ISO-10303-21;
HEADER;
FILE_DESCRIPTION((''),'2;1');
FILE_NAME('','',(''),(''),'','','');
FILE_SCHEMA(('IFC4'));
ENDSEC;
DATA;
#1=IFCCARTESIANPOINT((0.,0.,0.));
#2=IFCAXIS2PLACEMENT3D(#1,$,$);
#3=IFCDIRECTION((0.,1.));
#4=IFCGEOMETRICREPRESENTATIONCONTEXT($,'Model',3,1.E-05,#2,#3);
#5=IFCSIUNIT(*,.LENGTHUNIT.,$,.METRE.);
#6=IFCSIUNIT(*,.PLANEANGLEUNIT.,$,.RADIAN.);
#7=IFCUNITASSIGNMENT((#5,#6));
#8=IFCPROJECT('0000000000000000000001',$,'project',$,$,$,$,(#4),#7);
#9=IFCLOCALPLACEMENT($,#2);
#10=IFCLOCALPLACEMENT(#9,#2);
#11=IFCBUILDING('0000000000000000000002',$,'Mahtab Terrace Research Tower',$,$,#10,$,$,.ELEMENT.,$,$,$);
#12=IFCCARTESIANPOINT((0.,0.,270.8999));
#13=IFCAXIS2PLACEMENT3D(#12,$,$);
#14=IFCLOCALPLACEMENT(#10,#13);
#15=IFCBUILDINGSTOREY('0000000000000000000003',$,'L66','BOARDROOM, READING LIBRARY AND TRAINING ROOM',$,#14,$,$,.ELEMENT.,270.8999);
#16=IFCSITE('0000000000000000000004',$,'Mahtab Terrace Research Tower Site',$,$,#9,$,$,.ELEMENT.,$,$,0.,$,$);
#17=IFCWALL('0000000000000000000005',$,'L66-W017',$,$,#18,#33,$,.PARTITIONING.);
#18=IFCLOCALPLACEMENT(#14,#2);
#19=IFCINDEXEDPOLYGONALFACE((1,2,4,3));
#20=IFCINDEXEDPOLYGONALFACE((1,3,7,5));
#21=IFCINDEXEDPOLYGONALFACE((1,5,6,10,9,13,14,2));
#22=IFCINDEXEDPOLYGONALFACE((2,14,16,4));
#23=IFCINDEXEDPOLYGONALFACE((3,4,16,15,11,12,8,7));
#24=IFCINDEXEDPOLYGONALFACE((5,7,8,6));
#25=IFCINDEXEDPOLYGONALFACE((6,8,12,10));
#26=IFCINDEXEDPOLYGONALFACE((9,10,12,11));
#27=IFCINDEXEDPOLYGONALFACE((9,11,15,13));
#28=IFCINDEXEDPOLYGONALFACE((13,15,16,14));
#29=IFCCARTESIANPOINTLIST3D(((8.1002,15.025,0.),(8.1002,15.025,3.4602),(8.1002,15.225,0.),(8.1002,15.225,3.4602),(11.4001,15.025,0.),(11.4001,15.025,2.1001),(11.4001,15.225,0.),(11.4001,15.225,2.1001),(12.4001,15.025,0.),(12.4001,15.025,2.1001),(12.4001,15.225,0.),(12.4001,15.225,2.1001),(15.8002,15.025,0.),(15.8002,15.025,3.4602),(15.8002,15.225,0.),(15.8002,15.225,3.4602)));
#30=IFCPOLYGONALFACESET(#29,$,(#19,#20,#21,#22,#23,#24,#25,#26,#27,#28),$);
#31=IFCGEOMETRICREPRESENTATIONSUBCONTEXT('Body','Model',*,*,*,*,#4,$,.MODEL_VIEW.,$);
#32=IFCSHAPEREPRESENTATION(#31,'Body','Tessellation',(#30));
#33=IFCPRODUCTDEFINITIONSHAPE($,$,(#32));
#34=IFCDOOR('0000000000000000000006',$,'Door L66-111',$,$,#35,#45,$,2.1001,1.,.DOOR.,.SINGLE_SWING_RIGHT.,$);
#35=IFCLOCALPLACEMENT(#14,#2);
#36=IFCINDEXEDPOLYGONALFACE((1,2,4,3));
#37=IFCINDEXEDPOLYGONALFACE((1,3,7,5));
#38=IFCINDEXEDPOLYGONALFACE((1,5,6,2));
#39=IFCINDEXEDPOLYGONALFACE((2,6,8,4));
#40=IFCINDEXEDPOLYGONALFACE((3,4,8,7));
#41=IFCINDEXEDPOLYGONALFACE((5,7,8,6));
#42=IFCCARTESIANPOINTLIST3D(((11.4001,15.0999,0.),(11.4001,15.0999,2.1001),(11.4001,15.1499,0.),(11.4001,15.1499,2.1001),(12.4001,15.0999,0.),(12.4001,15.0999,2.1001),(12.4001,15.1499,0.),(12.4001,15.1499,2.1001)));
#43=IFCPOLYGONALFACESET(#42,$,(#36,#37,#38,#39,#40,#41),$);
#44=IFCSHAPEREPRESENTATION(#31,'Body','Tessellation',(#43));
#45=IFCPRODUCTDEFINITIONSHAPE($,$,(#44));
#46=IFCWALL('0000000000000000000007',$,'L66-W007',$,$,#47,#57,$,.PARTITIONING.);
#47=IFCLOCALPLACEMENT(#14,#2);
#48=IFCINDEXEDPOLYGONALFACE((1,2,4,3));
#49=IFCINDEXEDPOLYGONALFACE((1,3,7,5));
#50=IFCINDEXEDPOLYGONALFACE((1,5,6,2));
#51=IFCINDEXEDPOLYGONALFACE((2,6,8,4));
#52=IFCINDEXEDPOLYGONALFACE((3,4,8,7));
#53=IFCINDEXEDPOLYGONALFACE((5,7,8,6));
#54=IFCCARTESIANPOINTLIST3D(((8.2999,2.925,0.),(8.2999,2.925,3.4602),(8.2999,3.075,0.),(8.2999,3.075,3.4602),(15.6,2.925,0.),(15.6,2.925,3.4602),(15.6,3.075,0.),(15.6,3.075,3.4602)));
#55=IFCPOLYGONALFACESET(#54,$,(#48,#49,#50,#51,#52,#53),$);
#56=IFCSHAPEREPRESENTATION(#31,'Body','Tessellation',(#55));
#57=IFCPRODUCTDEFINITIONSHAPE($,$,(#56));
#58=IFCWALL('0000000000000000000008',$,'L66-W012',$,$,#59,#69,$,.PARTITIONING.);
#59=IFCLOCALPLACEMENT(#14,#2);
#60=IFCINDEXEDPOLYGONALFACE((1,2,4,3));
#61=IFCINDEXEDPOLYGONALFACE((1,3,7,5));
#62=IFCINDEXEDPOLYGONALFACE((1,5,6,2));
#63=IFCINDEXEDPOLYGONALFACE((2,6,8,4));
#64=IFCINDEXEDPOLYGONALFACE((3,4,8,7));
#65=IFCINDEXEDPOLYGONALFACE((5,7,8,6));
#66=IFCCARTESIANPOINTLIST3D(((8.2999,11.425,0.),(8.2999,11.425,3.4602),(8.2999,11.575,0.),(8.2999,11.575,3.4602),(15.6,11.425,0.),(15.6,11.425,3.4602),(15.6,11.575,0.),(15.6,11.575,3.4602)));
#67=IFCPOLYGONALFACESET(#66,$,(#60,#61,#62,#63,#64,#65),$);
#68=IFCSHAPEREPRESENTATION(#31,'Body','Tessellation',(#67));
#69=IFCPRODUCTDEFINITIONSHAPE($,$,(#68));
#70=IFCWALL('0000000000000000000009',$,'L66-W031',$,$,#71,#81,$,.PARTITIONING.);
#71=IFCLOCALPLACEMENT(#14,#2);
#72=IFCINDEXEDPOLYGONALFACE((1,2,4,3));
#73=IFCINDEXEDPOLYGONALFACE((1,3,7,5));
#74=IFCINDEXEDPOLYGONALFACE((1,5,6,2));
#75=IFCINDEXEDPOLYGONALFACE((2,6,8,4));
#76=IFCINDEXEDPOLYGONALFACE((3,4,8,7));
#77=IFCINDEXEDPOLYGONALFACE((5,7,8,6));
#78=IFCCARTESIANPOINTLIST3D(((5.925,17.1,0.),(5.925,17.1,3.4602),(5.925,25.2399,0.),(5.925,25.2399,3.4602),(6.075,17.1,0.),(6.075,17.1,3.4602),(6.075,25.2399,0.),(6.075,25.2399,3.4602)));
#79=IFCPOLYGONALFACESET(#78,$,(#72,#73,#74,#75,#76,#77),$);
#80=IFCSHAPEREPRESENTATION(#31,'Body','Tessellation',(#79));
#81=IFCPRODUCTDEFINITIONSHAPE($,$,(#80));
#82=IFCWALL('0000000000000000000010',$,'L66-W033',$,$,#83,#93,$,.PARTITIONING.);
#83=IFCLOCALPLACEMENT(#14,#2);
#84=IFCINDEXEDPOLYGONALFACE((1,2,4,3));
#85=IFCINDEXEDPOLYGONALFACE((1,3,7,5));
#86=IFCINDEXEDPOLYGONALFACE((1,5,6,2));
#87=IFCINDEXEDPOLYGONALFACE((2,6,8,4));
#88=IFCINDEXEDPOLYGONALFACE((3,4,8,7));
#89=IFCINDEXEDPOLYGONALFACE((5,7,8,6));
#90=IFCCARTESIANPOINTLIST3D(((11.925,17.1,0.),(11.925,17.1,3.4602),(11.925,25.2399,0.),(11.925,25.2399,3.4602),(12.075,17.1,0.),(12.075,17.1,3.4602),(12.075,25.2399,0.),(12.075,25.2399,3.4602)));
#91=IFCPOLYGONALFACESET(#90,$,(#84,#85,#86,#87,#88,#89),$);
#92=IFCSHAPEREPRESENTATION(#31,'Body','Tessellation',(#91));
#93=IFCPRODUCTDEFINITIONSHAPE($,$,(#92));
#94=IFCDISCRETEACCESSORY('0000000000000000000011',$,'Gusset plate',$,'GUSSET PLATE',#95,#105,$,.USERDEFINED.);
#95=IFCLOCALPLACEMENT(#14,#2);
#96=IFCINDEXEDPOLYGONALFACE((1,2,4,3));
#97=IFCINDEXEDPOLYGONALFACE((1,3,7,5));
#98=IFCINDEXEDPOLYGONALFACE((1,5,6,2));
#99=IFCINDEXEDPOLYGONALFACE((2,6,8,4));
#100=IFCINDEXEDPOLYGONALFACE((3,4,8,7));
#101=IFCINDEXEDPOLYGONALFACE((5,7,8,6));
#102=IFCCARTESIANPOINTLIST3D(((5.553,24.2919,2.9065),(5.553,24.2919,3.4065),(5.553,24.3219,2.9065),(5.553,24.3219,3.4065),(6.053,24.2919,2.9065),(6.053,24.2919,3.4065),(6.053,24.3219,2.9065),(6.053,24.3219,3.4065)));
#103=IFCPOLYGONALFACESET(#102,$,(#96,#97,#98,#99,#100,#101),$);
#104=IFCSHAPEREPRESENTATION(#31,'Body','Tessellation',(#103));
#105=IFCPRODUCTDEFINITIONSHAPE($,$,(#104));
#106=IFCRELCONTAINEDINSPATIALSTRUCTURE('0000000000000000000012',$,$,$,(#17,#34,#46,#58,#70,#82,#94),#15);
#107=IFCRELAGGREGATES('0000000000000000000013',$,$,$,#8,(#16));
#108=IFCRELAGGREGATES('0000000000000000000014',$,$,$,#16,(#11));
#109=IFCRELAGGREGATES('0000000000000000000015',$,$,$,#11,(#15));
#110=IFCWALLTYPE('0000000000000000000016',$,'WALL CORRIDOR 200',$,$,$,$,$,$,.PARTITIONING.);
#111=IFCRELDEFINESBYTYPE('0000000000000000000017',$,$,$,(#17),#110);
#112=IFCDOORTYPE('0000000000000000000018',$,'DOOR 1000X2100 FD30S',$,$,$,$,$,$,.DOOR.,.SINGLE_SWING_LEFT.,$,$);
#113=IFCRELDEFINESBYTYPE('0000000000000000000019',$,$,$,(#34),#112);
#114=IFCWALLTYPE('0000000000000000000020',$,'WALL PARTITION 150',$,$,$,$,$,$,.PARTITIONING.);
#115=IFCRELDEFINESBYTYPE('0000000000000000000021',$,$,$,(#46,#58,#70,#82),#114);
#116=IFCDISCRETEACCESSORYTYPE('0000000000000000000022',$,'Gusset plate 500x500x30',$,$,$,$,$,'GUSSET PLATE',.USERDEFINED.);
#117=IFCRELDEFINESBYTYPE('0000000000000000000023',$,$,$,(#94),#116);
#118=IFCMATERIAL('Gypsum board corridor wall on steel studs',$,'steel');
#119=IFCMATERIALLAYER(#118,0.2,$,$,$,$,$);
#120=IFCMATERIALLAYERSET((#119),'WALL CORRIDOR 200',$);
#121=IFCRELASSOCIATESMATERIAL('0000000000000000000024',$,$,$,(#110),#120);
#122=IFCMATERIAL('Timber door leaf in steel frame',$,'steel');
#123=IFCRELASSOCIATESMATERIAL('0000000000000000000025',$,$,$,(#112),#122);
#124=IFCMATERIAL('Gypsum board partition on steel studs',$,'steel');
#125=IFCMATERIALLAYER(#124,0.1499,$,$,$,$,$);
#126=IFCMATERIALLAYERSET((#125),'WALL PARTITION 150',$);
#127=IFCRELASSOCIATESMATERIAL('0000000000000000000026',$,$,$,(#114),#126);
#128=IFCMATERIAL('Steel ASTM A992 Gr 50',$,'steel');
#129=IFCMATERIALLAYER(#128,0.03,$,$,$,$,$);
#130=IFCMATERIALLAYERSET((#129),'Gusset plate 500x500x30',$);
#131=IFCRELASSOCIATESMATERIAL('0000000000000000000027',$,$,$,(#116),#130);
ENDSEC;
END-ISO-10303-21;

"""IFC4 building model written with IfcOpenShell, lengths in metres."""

from ifc_helpers import new_model, si_unit, direction, frame, frame_2d, origin, origin_2d, place, context, subcontext, project, spatial, rectangle, extrude, material, layer, layer_set, type_object, element, fill, save


model = new_model("IFC4")

# Units and contexts
model_context = context("Model", 3, precision=1e-05, world=origin(), true_north=direction((0.0, 1.0)))
body_context = subcontext(model_context, "Body", "Model", "MODEL_VIEW")
ifc_project = project(units=[si_unit("LENGTHUNIT", "METRE"), si_unit("PLANEANGLEUNIT", "RADIAN")], contexts=[model_context])

# Site, building, storey
site_placement = place(None, origin())
site = spatial("IfcSite", under=ifc_project, at=site_placement, Name="Mahtab Terrace Research Tower Site", CompositionType="ELEMENT", RefElevation=0.0)
building_placement = place(site_placement, origin())
building = spatial("IfcBuilding", under=site, at=building_placement, Name="Mahtab Terrace Research Tower", CompositionType="ELEMENT")
storey_placement = place(building_placement, frame((0.0, 0.0, 270.8999)))
storey = spatial("IfcBuildingStorey", under=building, at=storey_placement, Name="L66", Description="BOARDROOM, READING LIBRARY AND TRAINING ROOM", CompositionType="ELEMENT", Elevation=270.8999)

# Shared definitions
ifc_material_1 = material(Name="Steel ASTM A992 Gr 50", Category="steel")

# Wall, opening, door
ifc_material_2 = material(Name="Gypsum board corridor wall on steel studs", Category="steel")
ifc_layer_1 = layer(ifc_material_2, 0.2)
ifc_layer_set_1 = layer_set([ifc_layer_1], Name="WALL CORRIDOR 200")
wall_type_1 = type_object("IfcWallType", Name="WALL CORRIDOR 200", PredefinedType="PARTITIONING", material=ifc_layer_set_1)
wall_1_placement = place(storey_placement, frame((8.1001, 15.125, 0.0), z_axis=(0.0, 0.0, 1.0), x_axis=(1.0, 0.0, 0.0)))
wall_1 = element("IfcWall", 1, at=wall_1_placement, inside=storey, type_object=wall_type_1, Name="L66-W017", PredefinedType="PARTITIONING", context=body_context, shape_type="SweptSolid", body=[
    extrude(rectangle(XDim=7.7, YDim=0.2, at=frame_2d((3.8501, 0.0))), origin(), (0.0, 0.0, 1.0), 3.4602),
])
opening_1_placement = place(wall_1_placement, frame((3.3, 0.0, 0.0)))
opening_1 = element("IfcOpeningElement", 2, at=opening_1_placement, cuts=wall_1, PredefinedType="OPENING", context=body_context, shape_type="SweptSolid", body=[
    extrude(rectangle(XDim=1.0, YDim=2.1001, at=frame_2d((0.5, 1.05))), frame((0.0, 0.1099, 0.0), z_axis=(0.0, -1.0, 0.0), x_axis=(1.0, 0.0, 0.0)), (0.0, 0.0, 1.0), 0.22),
])
ifc_material_3 = material(Name="Timber door leaf in steel frame", Category="steel")
door_type_1 = type_object("IfcDoorType", Name="DOOR 1000X2100 FD30S", OperationType="SINGLE_SWING_LEFT", PredefinedType="DOOR", material=ifc_material_3)
door_1_placement = place(opening_1_placement, origin())
door_1 = element("IfcDoor", 3, at=door_1_placement, inside=storey, type_object=door_type_1, Name="Door L66-111", OperationType="SINGLE_SWING_RIGHT", OverallHeight=2.1001, OverallWidth=1.0, PredefinedType="DOOR", context=body_context, shape_type="SweptSolid", body=[
    extrude(rectangle(XDim=1.0, YDim=2.1001, at=frame_2d((0.5, 1.05))), frame((0.0, 0.0249, 0.0), z_axis=(0.0, -1.0, 0.0), x_axis=(1.0, 0.0, 0.0)), (0.0, 0.0, 1.0), 0.05),
])
fill(opening_1, door_1)

# Walls
ifc_material_4 = material(Name="Gypsum board partition on steel studs", Category="steel")
ifc_layer_2 = layer(ifc_material_4, 0.1499)
ifc_layer_set_2 = layer_set([ifc_layer_2], Name="WALL PARTITION 150")
wall_type_2 = type_object("IfcWallType", Name="WALL PARTITION 150", PredefinedType="PARTITIONING", material=ifc_layer_set_2)
for number, where, z_axis, x_axis, name in (
    (4, (8.3, 3.0, 0.0), (0.0, 0.0, 1.0), (1.0, 0.0, 0.0), "L66-W007"),
    (5, (8.3, 11.5, 0.0), (0.0, 0.0, 1.0), (1.0, 0.0, 0.0), "L66-W012"),
):
    element("IfcWall", number, at=place(storey_placement, frame(where, z_axis=z_axis, x_axis=x_axis)), inside=storey, type_object=wall_type_2, Name=name, PredefinedType="PARTITIONING", context=body_context, shape_type="SweptSolid", body=[
        extrude(rectangle(XDim=7.3, YDim=0.1499, at=frame_2d((3.6499, 0.0))), origin(), (0.0, 0.0, 1.0), 3.4602),
    ])
for number, where, z_axis, x_axis, name in (
    (6, (6.0, 17.1001, 0.0), (0.0, 0.0, 1.0), (0.0, 1.0, 0.0), "L66-W031"),
    (7, (12.0, 17.1001, 0.0), (0.0, 0.0, 1.0), (0.0, 1.0, 0.0), "L66-W033"),
):
    element("IfcWall", number, at=place(storey_placement, frame(where, z_axis=z_axis, x_axis=x_axis)), inside=storey, type_object=wall_type_2, Name=name, PredefinedType="PARTITIONING", context=body_context, shape_type="SweptSolid", body=[
        extrude(rectangle(XDim=8.1399, YDim=0.1499, at=frame_2d((4.0698, 0.0))), origin(), (0.0, 0.0, 1.0), 3.4602),
    ])

# Discrete accessory
ifc_layer_3 = layer(ifc_material_1, 0.03)
ifc_layer_set_3 = layer_set([ifc_layer_3], Name="Gusset plate 500x500x30")
discrete_accessory_type = type_object("IfcDiscreteAccessoryType", Name="Gusset plate 500x500x30", ElementType="GUSSET PLATE", PredefinedType="USERDEFINED", material=ifc_layer_set_3)
discrete_accessory_placement = place(storey_placement, frame((5.803, 24.3069, 2.9065), z_axis=(0.0, 0.0, 1.0), x_axis=(1.0, 0.0, 0.0)))
element("IfcDiscreteAccessory", 8, at=discrete_accessory_placement, inside=storey, type_object=discrete_accessory_type, Name="Gusset plate", ObjectType="GUSSET PLATE", PredefinedType="USERDEFINED", context=body_context, shape_type="SweptSolid", body=[
    extrude(rectangle(XDim=0.5, YDim=0.03, at=origin_2d()), origin(), (0.0, 0.0, 1.0), 0.5),
])

save(model, "model.ifc")
